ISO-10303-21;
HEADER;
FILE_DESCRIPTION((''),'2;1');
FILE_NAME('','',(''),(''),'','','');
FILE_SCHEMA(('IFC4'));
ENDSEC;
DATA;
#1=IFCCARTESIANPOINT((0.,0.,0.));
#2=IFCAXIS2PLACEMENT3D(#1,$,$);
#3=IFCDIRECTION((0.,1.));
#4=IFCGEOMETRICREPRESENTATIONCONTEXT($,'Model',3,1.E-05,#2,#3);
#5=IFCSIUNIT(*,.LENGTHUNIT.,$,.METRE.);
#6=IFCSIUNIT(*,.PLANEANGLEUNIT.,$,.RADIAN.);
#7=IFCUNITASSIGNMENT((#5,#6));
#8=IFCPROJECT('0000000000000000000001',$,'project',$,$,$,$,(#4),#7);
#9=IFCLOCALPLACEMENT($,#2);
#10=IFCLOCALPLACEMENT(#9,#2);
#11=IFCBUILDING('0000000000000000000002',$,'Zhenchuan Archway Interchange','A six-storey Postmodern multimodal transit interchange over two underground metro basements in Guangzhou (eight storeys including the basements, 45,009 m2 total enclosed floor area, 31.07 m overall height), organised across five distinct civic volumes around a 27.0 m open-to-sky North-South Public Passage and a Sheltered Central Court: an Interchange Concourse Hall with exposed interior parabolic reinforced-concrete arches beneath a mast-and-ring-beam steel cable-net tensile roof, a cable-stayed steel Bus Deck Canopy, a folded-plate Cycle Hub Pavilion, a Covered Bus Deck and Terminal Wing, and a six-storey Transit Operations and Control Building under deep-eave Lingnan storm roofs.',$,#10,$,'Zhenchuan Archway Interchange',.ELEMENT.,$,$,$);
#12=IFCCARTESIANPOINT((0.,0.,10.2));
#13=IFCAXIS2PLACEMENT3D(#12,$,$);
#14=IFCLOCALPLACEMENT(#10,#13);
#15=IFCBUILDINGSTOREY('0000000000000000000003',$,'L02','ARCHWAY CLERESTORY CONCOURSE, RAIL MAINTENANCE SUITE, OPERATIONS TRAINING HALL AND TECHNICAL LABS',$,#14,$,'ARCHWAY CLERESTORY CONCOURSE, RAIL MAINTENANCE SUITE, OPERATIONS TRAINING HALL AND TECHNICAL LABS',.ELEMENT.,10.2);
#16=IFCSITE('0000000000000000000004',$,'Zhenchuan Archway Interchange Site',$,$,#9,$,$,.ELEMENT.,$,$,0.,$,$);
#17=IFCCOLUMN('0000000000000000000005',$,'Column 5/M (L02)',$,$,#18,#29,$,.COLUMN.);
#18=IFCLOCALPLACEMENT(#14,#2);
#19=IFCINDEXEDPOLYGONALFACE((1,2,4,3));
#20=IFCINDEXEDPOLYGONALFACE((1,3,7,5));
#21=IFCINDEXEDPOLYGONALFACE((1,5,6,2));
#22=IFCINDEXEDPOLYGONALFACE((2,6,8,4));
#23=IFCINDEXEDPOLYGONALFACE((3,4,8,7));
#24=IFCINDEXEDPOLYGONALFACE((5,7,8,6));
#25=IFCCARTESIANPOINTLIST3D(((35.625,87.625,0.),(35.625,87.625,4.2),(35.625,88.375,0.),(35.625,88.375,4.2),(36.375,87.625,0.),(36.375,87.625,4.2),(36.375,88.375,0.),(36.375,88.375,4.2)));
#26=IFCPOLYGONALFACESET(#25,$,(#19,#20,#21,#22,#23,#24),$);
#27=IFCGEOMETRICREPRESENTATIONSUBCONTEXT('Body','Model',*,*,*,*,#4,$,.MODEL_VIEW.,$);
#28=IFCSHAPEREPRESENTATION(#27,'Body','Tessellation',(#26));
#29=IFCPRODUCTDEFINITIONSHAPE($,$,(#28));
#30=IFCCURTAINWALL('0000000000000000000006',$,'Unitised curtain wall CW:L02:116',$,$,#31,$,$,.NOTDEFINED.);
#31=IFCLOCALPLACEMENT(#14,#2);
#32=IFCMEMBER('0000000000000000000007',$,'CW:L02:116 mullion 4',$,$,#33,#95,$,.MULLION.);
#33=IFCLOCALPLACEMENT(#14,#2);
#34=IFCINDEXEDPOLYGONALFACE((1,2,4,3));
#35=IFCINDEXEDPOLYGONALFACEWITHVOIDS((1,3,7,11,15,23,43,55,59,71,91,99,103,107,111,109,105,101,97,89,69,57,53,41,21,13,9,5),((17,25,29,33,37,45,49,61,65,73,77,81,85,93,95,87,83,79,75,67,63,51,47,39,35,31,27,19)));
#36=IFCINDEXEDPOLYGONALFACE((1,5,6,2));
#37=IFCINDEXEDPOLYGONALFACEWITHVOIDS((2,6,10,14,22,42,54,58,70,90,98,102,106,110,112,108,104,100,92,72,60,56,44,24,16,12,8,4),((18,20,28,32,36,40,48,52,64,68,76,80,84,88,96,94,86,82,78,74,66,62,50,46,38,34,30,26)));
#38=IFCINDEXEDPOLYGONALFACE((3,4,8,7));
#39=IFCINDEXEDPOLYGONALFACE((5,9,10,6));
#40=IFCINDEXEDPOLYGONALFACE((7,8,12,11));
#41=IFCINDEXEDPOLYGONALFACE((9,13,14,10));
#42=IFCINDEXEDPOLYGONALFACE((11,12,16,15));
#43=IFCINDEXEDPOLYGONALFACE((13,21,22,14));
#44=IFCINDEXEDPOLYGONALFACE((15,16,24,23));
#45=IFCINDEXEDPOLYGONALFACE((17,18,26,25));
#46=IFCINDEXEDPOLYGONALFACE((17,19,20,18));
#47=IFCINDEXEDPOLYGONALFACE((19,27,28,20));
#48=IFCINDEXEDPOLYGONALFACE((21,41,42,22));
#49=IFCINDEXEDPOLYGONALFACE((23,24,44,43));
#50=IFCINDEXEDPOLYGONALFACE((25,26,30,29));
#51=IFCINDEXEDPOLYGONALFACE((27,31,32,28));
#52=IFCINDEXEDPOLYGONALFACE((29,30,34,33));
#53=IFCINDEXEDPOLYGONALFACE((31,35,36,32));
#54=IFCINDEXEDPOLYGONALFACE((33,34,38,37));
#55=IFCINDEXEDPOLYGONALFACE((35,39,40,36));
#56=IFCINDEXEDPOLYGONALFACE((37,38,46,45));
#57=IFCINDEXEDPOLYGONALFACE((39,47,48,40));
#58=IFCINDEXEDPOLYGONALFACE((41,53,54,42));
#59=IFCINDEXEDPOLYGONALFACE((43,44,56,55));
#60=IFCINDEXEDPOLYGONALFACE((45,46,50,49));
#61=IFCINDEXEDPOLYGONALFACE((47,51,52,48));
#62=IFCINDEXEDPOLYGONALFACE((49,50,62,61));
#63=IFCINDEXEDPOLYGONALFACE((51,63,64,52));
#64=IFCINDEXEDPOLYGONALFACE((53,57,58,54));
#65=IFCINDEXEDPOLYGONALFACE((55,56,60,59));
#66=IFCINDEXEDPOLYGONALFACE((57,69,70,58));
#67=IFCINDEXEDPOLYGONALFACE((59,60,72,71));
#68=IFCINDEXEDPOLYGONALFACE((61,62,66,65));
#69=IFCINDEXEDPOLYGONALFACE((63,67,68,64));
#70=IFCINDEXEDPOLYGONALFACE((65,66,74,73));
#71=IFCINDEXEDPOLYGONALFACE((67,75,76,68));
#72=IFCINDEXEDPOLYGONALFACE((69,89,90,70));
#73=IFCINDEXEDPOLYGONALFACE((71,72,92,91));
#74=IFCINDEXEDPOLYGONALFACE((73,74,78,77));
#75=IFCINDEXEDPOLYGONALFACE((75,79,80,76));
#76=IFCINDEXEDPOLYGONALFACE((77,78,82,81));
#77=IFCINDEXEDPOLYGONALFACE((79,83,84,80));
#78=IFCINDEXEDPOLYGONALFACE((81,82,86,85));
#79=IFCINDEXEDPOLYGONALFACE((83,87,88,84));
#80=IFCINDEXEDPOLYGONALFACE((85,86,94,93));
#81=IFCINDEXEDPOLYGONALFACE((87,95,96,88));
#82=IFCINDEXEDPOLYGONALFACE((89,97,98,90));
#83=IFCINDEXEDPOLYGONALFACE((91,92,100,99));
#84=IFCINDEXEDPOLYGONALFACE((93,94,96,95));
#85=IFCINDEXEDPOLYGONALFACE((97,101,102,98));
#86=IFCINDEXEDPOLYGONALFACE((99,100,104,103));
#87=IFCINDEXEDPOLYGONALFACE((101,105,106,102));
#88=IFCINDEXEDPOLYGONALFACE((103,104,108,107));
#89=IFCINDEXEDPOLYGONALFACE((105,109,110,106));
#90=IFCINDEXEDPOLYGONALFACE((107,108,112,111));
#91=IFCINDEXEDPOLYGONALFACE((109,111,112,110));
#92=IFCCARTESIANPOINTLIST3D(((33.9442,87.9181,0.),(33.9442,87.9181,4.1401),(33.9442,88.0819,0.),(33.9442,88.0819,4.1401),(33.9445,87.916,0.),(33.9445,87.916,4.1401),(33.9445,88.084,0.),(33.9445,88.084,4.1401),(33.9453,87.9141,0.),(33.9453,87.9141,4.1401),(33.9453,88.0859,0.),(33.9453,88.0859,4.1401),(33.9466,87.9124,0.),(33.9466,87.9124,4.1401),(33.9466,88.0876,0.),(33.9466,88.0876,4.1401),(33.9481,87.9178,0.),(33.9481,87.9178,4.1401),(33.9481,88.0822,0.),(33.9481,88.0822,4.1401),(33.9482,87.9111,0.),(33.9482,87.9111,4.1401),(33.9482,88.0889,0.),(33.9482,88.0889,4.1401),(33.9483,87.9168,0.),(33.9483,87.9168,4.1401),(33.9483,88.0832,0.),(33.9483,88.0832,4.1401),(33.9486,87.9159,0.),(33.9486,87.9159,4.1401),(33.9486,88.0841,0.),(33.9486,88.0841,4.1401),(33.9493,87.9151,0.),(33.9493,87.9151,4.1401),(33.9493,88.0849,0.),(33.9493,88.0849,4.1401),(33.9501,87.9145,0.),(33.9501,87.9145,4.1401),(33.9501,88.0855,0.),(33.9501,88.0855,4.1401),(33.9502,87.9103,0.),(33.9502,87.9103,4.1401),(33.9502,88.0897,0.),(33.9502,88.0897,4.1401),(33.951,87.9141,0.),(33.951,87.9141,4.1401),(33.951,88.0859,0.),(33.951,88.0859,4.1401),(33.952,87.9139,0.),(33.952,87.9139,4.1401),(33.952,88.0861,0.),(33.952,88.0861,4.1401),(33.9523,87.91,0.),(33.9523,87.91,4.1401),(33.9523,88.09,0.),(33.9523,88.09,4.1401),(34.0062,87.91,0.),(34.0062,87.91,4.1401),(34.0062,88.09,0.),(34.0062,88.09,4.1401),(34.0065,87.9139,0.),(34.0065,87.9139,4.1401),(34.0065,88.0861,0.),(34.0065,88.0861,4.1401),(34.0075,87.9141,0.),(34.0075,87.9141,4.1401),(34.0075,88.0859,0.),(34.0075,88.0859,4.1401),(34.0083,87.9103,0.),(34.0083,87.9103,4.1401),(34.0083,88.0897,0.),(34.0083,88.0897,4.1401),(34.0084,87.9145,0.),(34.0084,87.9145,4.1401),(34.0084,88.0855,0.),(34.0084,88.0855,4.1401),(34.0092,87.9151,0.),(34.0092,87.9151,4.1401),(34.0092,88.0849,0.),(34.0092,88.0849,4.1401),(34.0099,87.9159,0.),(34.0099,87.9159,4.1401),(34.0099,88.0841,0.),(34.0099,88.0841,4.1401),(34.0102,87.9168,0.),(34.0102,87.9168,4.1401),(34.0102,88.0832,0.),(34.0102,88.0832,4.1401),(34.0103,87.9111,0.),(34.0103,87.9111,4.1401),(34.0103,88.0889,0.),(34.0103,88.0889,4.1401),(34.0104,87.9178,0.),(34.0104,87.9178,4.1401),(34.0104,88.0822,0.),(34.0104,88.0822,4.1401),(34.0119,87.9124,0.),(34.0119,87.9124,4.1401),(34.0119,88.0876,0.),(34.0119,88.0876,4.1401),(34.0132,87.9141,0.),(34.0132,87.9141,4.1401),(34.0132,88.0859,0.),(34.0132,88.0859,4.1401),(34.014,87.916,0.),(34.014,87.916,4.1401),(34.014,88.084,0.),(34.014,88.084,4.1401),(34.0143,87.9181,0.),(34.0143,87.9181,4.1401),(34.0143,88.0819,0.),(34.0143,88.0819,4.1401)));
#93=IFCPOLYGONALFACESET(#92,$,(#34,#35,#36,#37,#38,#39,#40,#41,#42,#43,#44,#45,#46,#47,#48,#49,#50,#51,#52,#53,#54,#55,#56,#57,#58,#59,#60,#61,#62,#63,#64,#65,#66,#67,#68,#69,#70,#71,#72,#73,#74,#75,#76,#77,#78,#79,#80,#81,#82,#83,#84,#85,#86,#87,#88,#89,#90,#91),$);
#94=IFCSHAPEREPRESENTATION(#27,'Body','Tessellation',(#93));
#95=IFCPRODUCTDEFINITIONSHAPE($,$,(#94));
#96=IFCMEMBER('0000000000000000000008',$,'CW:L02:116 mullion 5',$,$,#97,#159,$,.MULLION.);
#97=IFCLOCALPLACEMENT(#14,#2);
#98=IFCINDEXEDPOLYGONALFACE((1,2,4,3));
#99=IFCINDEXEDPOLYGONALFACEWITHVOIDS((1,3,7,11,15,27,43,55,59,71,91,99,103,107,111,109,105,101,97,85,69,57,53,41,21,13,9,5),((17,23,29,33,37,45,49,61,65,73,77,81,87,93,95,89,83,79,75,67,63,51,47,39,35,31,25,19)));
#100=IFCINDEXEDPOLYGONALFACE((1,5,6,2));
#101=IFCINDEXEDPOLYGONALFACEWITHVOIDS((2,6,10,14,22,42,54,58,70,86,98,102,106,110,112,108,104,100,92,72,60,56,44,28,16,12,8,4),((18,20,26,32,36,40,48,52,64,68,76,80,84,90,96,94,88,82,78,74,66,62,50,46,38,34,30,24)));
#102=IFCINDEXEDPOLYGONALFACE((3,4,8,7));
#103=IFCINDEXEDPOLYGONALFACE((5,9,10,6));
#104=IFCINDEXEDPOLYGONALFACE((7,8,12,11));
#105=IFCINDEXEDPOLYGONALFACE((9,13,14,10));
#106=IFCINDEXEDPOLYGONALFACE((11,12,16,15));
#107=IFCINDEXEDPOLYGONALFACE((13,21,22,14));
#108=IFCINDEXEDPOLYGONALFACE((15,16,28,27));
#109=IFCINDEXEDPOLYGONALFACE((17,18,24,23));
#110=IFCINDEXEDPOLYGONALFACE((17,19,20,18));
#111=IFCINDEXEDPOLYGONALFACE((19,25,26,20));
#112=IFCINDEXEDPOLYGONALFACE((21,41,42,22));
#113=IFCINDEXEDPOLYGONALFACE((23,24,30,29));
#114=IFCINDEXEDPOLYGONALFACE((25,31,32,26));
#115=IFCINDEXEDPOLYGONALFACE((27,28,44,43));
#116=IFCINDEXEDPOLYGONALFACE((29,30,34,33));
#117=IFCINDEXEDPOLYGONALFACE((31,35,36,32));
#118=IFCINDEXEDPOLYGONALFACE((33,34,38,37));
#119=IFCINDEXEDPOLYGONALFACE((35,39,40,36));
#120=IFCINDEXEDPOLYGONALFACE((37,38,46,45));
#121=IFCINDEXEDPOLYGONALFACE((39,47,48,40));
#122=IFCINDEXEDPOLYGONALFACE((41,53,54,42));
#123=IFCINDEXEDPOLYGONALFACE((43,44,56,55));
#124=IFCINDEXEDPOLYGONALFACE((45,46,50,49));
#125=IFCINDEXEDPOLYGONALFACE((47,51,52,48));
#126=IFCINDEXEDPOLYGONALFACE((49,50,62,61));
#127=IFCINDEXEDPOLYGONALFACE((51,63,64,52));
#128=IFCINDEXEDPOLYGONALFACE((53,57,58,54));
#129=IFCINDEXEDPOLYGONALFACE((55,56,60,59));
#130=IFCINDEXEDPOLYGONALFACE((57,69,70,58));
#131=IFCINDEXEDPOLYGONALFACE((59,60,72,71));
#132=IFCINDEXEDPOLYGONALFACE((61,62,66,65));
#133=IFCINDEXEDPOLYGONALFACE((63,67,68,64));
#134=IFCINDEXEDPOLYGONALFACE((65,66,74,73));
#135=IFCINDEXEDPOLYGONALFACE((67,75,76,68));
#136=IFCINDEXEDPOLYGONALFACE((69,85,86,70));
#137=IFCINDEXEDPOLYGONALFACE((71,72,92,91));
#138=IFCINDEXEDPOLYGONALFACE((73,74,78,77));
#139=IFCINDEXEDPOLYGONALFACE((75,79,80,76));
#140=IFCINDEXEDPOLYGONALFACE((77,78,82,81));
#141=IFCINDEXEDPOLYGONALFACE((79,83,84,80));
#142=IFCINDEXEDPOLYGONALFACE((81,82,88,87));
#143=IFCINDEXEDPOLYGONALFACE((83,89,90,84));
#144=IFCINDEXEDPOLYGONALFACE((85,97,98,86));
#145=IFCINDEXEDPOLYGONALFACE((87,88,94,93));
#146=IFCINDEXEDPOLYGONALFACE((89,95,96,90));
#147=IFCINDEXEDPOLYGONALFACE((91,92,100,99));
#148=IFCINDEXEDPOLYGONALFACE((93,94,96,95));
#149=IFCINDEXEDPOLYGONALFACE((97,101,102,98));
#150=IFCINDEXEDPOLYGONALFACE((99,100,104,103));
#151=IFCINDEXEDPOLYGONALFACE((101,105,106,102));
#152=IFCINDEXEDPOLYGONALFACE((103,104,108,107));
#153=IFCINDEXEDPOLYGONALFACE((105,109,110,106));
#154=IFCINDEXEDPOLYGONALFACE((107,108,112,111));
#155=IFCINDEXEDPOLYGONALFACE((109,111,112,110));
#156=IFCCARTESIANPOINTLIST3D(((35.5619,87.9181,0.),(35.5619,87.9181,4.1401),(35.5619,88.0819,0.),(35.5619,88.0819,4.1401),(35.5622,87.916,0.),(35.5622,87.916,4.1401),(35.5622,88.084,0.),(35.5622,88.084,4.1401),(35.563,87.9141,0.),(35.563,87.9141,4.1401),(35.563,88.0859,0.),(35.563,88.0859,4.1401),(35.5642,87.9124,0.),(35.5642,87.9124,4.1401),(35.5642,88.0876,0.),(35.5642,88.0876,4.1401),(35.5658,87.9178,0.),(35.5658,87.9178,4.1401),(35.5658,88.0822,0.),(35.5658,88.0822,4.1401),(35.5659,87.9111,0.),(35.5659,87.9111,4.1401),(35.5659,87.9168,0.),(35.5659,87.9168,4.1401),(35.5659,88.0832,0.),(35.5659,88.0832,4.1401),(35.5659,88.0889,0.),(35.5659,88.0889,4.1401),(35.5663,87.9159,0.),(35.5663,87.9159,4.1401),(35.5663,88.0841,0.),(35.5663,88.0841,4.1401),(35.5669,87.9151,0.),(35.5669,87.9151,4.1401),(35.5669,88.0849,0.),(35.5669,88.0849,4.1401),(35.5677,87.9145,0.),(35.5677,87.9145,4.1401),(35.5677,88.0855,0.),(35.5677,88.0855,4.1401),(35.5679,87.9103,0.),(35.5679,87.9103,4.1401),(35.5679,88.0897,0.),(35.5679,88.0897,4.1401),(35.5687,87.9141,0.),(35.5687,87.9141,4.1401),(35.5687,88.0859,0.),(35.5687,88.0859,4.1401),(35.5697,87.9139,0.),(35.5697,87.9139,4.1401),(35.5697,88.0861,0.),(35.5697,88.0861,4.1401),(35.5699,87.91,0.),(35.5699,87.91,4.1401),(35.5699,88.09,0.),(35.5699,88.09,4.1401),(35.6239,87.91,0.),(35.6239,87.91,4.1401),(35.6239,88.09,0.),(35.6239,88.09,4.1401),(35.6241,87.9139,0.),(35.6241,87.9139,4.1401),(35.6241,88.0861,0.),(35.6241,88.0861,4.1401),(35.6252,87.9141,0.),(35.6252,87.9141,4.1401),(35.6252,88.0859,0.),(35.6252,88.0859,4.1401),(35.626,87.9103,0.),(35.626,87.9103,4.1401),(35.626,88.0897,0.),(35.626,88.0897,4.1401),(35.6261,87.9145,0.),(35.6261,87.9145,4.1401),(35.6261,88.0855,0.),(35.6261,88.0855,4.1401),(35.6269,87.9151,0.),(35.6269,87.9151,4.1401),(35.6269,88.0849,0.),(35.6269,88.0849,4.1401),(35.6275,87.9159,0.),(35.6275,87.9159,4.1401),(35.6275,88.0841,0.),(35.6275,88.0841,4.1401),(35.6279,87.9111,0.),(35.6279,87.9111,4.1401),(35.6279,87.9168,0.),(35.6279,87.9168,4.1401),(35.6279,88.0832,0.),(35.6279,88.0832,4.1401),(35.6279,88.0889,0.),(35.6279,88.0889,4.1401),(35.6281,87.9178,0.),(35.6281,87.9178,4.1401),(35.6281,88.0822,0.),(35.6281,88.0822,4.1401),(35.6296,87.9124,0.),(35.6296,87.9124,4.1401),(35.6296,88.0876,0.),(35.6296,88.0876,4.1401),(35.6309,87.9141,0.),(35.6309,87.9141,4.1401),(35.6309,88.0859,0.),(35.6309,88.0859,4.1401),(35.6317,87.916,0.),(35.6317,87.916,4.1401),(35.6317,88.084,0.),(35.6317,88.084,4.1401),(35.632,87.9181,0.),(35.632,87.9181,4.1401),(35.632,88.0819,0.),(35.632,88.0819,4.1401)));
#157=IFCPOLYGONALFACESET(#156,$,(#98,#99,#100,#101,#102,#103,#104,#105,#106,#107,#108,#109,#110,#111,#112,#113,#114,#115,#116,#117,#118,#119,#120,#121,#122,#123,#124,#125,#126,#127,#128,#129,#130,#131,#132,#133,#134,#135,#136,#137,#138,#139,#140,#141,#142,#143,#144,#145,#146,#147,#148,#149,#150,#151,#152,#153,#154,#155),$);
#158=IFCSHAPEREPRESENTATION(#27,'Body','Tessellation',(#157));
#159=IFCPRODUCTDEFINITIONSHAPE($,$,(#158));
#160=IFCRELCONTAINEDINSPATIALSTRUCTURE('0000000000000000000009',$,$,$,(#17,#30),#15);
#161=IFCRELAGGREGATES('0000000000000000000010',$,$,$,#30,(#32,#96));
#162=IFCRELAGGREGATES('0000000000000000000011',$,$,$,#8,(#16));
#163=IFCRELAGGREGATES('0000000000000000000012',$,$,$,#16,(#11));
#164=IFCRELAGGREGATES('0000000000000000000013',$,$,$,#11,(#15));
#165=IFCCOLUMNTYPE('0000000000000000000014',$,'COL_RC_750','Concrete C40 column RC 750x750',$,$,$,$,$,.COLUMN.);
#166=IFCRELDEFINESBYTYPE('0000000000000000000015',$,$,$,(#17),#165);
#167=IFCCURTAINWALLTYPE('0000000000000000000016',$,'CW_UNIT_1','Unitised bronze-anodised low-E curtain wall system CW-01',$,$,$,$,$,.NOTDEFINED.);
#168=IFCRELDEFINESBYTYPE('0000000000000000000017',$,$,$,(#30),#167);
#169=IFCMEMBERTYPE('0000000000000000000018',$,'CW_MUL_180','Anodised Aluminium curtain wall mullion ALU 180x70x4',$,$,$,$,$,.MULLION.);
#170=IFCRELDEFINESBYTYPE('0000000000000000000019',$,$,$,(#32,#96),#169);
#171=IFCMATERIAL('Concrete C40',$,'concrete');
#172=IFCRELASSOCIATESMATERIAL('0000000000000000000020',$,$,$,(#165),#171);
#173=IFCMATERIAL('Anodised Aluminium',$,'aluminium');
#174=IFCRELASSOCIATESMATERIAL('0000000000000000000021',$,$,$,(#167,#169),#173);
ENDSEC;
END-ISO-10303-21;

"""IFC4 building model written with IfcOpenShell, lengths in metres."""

from ifc_helpers import new_model, si_unit, direction, frame, origin, origin_2d, place, context, subcontext, project, spatial, rectangle, hollow_rectangle, extrude, material, material_profile, profile_set, type_object, element, aggregate, save


model = new_model("IFC4")

# Units and contexts
model_context = context("Model", 3, precision=1e-05, world=origin(), true_north=direction((0.0, 1.0)))
body_context = subcontext(model_context, "Body", "Model", "MODEL_VIEW")
ifc_project = project(units=[si_unit("LENGTHUNIT", "METRE"), si_unit("PLANEANGLEUNIT", "RADIAN")], contexts=[model_context])

# Site, building, storey
site_placement = place(None, origin())
site = spatial("IfcSite", under=ifc_project, at=site_placement, Name="Zhenchuan Archway Interchange Site", CompositionType="ELEMENT", RefElevation=0.0)
building_placement = place(site_placement, origin())
building = spatial("IfcBuilding", under=site, at=building_placement, Name="Zhenchuan Archway Interchange", Description="A six-storey Postmodern multimodal transit interchange over two underground metro basements in Guangzhou (eight storeys including the basements, 45,009 m2 total enclosed floor area, 31.07 m overall height), organised across five distinct civic volumes around a 27.0 m open-to-sky North-South Public Passage and a Sheltered Central Court: an Interchange Concourse Hall with exposed interior parabolic reinforced-concrete arches beneath a mast-and-ring-beam steel cable-net tensile roof, a cable-stayed steel Bus Deck Canopy, a folded-plate Cycle Hub Pavilion, a Covered Bus Deck and Terminal Wing, and a six-storey Transit Operations and Control Building under deep-eave Lingnan storm roofs.", LongName="Zhenchuan Archway Interchange", CompositionType="ELEMENT")
storey_placement = place(building_placement, frame((0.0, 0.0, 10.2)))
storey = spatial("IfcBuildingStorey", under=building, at=storey_placement, Name="L02", Description="ARCHWAY CLERESTORY CONCOURSE, RAIL MAINTENANCE SUITE, OPERATIONS TRAINING HALL AND TECHNICAL LABS", LongName="ARCHWAY CLERESTORY CONCOURSE, RAIL MAINTENANCE SUITE, OPERATIONS TRAINING HALL AND TECHNICAL LABS", CompositionType="ELEMENT", Elevation=10.2)

# Column
ifc_material_1 = material(Name="Concrete C40", Category="concrete")
ifc_material_profile_1 = material_profile(ifc_material_1, rectangle(XDim=0.75, YDim=0.75, at=origin_2d()), Name="RC 750x750")
ifc_profile_set_1 = profile_set([ifc_material_profile_1], Name="Concrete C40")
column_type = type_object("IfcColumnType", Name="COL_RC_750", Description="Concrete C40 column RC 750x750", PredefinedType="COLUMN", material=ifc_profile_set_1)
column_placement = place(storey_placement, frame((36.0, 88.0, 0.0), z_axis=(0.0, 0.0, 1.0), x_axis=(1.0, 0.0, 0.0)))
element("IfcColumn", 1, at=column_placement, inside=storey, type_object=column_type, Name="Column 5/M (L02)", PredefinedType="COLUMN", context=body_context, shape_type="SweptSolid", body=[
    extrude(rectangle(XDim=0.75, YDim=0.75, at=origin_2d()), origin(), (0.0, 0.0, 1.0), 4.2),
])

# Curtain wall, members
ifc_material_2 = material(Name="Anodised Aluminium", Category="aluminium")
curtain_wall_type_1 = type_object("IfcCurtainWallType", Name="CW_UNIT_1", Description="Unitised bronze-anodised low-E curtain wall system CW-01", PredefinedType="NOTDEFINED", material=ifc_material_2)
curtain_wall_1_placement = place(storey_placement, origin())
curtain_wall_1 = element("IfcCurtainWall", 2, at=curtain_wall_1_placement, inside=storey, type_object=curtain_wall_type_1, Name="Unitised curtain wall CW:L02:116", PredefinedType="NOTDEFINED")
ifc_material_profile_2 = material_profile(ifc_material_2, hollow_rectangle(XDim=0.0701, YDim=0.1799, WallThickness=0.0039, InnerFilletRadius=0.0039, OuterFilletRadius=0.0081, at=origin_2d()), Name="ALU 180x70x4")
ifc_profile_set_2 = profile_set([ifc_material_profile_2], Name="Anodised Aluminium")
member_type_1 = type_object("IfcMemberType", Name="CW_MUL_180", Description="Anodised Aluminium curtain wall mullion ALU 180x70x4", PredefinedType="MULLION", material=ifc_profile_set_2)
member_1_placement = place(storey_placement, frame((33.9792, 88.0, 0.0), z_axis=(0.0, 0.0, 1.0), x_axis=(1.0, 0.0, 0.0)))
member_1 = element("IfcMember", 3, at=member_1_placement, type_object=member_type_1, Name="CW:L02:116 mullion 4", PredefinedType="MULLION", context=body_context, shape_type="SweptSolid", body=[
    extrude(hollow_rectangle(XDim=0.0701, YDim=0.1799, WallThickness=0.0039, InnerFilletRadius=0.0039, OuterFilletRadius=0.0081, at=origin_2d()), origin(), (0.0, 0.0, 1.0), 4.1401),
])
member_2_placement = place(storey_placement, frame((35.5969, 88.0, 0.0), z_axis=(0.0, 0.0, 1.0), x_axis=(1.0, 0.0, 0.0)))
member_2 = element("IfcMember", 4, at=member_2_placement, type_object=member_type_1, Name="CW:L02:116 mullion 5", PredefinedType="MULLION", context=body_context, shape_type="SweptSolid", body=[
    extrude(hollow_rectangle(XDim=0.0701, YDim=0.1799, WallThickness=0.0039, InnerFilletRadius=0.0039, OuterFilletRadius=0.0081, at=origin_2d()), origin(), (0.0, 0.0, 1.0), 4.1401),
])

aggregate(curtain_wall_1, [member_1, member_2])

save(model, "model.ifc")
